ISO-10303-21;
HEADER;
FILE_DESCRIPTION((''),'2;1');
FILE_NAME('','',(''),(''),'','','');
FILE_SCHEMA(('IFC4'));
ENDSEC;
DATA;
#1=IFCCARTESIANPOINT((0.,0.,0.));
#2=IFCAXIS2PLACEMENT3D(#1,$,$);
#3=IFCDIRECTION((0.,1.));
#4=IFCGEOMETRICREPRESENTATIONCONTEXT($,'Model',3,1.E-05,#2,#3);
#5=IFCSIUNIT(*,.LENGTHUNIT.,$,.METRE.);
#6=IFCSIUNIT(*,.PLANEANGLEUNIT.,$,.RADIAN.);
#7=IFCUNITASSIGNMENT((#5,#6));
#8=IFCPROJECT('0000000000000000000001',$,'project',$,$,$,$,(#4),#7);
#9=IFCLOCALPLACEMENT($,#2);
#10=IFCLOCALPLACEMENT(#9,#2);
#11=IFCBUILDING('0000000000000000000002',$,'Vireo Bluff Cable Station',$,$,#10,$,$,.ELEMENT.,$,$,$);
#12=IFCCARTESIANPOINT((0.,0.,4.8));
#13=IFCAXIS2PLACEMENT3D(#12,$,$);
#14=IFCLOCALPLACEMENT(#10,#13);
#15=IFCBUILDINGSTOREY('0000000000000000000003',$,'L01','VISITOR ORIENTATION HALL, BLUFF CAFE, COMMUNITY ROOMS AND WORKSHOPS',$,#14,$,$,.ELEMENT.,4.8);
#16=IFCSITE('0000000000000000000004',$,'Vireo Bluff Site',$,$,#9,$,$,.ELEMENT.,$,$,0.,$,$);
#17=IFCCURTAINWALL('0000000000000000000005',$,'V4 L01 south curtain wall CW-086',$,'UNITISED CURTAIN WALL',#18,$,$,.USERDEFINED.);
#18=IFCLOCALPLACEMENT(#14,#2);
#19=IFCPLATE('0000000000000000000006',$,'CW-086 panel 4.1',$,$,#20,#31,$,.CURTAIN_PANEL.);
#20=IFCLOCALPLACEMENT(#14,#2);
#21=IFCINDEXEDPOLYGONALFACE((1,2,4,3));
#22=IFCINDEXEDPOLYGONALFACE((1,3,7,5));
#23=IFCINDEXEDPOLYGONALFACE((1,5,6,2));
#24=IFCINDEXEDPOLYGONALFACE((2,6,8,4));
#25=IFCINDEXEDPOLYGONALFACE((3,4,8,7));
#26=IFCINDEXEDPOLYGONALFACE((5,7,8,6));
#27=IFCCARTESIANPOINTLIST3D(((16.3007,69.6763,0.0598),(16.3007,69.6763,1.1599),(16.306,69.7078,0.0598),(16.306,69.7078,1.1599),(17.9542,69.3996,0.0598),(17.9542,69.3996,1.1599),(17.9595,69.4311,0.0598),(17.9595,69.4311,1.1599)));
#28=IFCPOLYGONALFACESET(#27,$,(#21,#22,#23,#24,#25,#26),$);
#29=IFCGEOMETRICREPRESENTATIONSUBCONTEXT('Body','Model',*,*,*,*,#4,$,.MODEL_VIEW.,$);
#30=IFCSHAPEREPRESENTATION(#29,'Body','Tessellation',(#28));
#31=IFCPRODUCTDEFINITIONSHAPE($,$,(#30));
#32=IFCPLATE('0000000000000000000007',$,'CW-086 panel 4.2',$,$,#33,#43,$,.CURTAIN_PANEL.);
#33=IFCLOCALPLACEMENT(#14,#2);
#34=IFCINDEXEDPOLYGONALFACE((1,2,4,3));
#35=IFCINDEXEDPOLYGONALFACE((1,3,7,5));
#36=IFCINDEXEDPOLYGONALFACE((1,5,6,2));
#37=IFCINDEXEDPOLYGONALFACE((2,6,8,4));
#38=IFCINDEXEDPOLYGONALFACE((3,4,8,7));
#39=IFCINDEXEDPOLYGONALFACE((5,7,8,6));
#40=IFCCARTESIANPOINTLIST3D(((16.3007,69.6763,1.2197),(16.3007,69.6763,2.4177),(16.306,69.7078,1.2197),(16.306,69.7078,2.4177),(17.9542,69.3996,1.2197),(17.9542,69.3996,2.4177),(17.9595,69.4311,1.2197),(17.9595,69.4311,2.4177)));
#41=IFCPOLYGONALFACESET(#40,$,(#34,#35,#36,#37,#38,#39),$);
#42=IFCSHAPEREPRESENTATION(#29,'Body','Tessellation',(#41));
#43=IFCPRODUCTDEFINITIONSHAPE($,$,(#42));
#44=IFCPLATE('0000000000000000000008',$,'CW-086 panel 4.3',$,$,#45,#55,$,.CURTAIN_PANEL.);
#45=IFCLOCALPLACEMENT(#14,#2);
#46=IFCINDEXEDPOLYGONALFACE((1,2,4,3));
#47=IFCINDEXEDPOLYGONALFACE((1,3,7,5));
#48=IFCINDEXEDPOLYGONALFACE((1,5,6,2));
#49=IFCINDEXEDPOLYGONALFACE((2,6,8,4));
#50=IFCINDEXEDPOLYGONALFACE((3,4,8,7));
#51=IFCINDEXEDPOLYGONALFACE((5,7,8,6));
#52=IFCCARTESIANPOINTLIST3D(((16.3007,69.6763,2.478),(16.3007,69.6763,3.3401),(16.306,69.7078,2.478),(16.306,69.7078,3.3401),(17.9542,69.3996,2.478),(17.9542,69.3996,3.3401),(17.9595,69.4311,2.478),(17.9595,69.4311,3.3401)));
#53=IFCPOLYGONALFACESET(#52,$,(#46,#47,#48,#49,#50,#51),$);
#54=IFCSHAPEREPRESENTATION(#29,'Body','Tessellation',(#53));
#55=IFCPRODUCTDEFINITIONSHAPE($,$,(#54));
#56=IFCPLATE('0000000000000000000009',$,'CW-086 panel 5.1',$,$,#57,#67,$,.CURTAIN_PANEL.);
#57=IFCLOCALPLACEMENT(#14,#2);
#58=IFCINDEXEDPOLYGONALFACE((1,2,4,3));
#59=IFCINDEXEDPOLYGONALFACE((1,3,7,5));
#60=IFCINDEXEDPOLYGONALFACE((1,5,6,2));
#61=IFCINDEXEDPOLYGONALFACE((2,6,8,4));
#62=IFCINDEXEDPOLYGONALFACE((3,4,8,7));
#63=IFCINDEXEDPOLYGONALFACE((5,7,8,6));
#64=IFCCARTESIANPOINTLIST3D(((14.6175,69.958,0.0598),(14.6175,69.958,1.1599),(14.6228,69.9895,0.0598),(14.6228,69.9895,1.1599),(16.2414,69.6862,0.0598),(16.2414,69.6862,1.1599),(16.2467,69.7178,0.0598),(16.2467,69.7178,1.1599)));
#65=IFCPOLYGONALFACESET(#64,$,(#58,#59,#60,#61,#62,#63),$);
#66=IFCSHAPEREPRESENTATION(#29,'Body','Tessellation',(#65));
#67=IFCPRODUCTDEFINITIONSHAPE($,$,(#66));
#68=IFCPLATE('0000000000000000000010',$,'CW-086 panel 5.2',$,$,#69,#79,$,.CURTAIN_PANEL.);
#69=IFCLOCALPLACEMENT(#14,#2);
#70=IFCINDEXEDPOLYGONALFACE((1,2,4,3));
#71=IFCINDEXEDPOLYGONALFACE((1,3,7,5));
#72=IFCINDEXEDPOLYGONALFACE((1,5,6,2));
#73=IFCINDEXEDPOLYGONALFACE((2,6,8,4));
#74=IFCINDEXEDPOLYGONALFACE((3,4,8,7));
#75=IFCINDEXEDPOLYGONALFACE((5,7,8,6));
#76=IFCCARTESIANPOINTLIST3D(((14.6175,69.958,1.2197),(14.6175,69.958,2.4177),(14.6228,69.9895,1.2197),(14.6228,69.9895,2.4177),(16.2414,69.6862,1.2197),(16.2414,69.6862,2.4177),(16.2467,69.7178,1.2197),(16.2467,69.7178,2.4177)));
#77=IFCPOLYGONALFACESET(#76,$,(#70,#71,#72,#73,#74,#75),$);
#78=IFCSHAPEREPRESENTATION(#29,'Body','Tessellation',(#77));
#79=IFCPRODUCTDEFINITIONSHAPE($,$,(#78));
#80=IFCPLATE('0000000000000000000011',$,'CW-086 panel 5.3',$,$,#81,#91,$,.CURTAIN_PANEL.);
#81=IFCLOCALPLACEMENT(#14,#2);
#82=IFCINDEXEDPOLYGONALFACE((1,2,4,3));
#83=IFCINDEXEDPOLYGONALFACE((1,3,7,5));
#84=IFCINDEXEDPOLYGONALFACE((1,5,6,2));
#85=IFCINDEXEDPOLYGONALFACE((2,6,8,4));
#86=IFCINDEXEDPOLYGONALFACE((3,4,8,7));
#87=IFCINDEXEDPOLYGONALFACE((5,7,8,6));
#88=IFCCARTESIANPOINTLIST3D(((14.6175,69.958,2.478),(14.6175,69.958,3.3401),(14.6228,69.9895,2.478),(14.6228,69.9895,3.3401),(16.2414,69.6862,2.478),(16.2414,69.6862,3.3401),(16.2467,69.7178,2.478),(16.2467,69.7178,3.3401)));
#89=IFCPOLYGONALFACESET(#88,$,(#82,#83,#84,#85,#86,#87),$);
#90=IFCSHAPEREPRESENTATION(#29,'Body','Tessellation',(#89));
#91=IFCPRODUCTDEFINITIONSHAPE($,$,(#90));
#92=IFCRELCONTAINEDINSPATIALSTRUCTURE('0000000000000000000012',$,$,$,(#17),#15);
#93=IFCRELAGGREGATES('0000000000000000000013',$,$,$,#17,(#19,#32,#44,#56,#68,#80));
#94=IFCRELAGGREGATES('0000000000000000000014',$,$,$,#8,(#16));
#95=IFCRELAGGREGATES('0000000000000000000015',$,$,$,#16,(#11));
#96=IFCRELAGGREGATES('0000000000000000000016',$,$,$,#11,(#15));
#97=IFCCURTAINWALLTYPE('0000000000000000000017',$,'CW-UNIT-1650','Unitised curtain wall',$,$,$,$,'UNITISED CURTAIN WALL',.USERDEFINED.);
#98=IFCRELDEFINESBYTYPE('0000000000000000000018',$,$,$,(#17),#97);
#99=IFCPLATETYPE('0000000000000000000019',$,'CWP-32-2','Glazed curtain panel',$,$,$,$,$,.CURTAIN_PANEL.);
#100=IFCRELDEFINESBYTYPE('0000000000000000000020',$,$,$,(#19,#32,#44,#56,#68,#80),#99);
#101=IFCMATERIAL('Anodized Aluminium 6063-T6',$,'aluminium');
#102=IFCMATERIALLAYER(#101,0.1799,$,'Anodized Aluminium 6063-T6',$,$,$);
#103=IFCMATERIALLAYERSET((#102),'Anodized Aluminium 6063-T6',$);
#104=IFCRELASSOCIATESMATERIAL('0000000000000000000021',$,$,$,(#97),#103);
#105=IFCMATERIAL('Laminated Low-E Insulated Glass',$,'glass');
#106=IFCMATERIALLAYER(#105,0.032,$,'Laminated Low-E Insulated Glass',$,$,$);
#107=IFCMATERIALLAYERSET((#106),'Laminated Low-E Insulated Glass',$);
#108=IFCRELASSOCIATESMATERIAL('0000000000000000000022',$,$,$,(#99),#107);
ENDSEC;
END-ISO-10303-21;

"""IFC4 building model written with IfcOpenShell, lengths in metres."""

from ifc_helpers import new_model, si_unit, direction, frame, origin, origin_2d, place, context, subcontext, project, spatial, rectangle, extrude, material, layer, layer_set, type_object, element, aggregate, save


model = new_model("IFC4")

# Units and contexts
model_context = context("Model", 3, precision=1e-05, world=origin(), true_north=direction((0.0, 1.0)))
body_context = subcontext(model_context, "Body", "Model", "MODEL_VIEW")
ifc_project = project(units=[si_unit("LENGTHUNIT", "METRE"), si_unit("PLANEANGLEUNIT", "RADIAN")], contexts=[model_context])

# Site, building, storey
site_placement = place(None, origin())
site = spatial("IfcSite", under=ifc_project, at=site_placement, Name="Vireo Bluff Site", CompositionType="ELEMENT", RefElevation=0.0)
building_placement = place(site_placement, origin())
building = spatial("IfcBuilding", under=site, at=building_placement, Name="Vireo Bluff Cable Station", CompositionType="ELEMENT")
storey_placement = place(building_placement, frame((0.0, 0.0, 4.8)))
storey = spatial("IfcBuildingStorey", under=building, at=storey_placement, Name="L01", Description="VISITOR ORIENTATION HALL, BLUFF CAFE, COMMUNITY ROOMS AND WORKSHOPS", CompositionType="ELEMENT", Elevation=4.8)

# Curtain wall
ifc_material_1 = material(Name="Anodized Aluminium 6063-T6", Category="aluminium")
ifc_layer_1 = layer(ifc_material_1, 0.1799, Name="Anodized Aluminium 6063-T6")
ifc_layer_set_1 = layer_set([ifc_layer_1], Name="Anodized Aluminium 6063-T6")
curtain_wall_type = type_object("IfcCurtainWallType", Name="CW-UNIT-1650", Description="Unitised curtain wall", ElementType="UNITISED CURTAIN WALL", PredefinedType="USERDEFINED", material=ifc_layer_set_1)
curtain_wall_placement = place(storey_placement, origin())
curtain_wall = element("IfcCurtainWall", 1, at=curtain_wall_placement, inside=storey, type_object=curtain_wall_type, Name="V4 L01 south curtain wall CW-086", ObjectType="UNITISED CURTAIN WALL", PredefinedType="USERDEFINED")

# Plates
ifc_material_2 = material(Name="Laminated Low-E Insulated Glass", Category="glass")
ifc_layer_2 = layer(ifc_material_2, 0.032, Name="Laminated Low-E Insulated Glass")
ifc_layer_set_2 = layer_set([ifc_layer_2], Name="Laminated Low-E Insulated Glass")
plate_type = type_object("IfcPlateType", Name="CWP-32-2", Description="Glazed curtain panel", PredefinedType="CURTAIN_PANEL", material=ifc_layer_set_2)
plate_1_placement = place(storey_placement, frame((17.1301, 69.5537, 0.0598), z_axis=(0.0, 0.0, 1.0), x_axis=(-0.986286, 0.165048, 0.0)))
plate_1 = element("IfcPlate", 2, at=plate_1_placement, type_object=plate_type, Name="CW-086 panel 4.1", PredefinedType="CURTAIN_PANEL", context=body_context, shape_type="SweptSolid", body=[
    extrude(rectangle(XDim=1.6765, YDim=0.032, at=origin_2d()), origin(), (0.0, 0.0, 1.0), 1.1001),
])
plate_2_placement = place(storey_placement, frame((17.1301, 69.5537, 1.2197), z_axis=(0.0, 0.0, 1.0), x_axis=(-0.986286, 0.165048, 0.0)))
plate_2 = element("IfcPlate", 3, at=plate_2_placement, type_object=plate_type, Name="CW-086 panel 4.2", PredefinedType="CURTAIN_PANEL", context=body_context, shape_type="SweptSolid", body=[
    extrude(rectangle(XDim=1.6765, YDim=0.032, at=origin_2d()), origin(), (0.0, 0.0, 1.0), 1.198),
])
plate_3_placement = place(storey_placement, frame((17.1301, 69.5537, 2.478), z_axis=(0.0, 0.0, 1.0), x_axis=(-0.986286, 0.165048, 0.0)))
plate_3 = element("IfcPlate", 4, at=plate_3_placement, type_object=plate_type, Name="CW-086 panel 4.3", PredefinedType="CURTAIN_PANEL", context=body_context, shape_type="SweptSolid", body=[
    extrude(rectangle(XDim=1.6765, YDim=0.032, at=origin_2d()), origin(), (0.0, 0.0, 1.0), 0.8621),
])
plate_4_placement = place(storey_placement, frame((15.4321, 69.8379, 0.0598), z_axis=(0.0, 0.0, 1.0), x_axis=(-0.986286, 0.165048, 0.0)))
plate_4 = element("IfcPlate", 5, at=plate_4_placement, type_object=plate_type, Name="CW-086 panel 5.1", PredefinedType="CURTAIN_PANEL", context=body_context, shape_type="SweptSolid", body=[
    extrude(rectangle(XDim=1.6465, YDim=0.032, at=origin_2d()), origin(), (0.0, 0.0, 1.0), 1.1001),
])
plate_5_placement = place(storey_placement, frame((15.4321, 69.8379, 1.2197), z_axis=(0.0, 0.0, 1.0), x_axis=(-0.986286, 0.165048, 0.0)))
plate_5 = element("IfcPlate", 6, at=plate_5_placement, type_object=plate_type, Name="CW-086 panel 5.2", PredefinedType="CURTAIN_PANEL", context=body_context, shape_type="SweptSolid", body=[
    extrude(rectangle(XDim=1.6465, YDim=0.032, at=origin_2d()), origin(), (0.0, 0.0, 1.0), 1.198),
])
plate_6_placement = place(storey_placement, frame((15.4321, 69.8379, 2.478), z_axis=(0.0, 0.0, 1.0), x_axis=(-0.986286, 0.165048, 0.0)))
plate_6 = element("IfcPlate", 7, at=plate_6_placement, type_object=plate_type, Name="CW-086 panel 5.3", PredefinedType="CURTAIN_PANEL", context=body_context, shape_type="SweptSolid", body=[
    extrude(rectangle(XDim=1.6465, YDim=0.032, at=origin_2d()), origin(), (0.0, 0.0, 1.0), 0.8621),
])
aggregate(curtain_wall, [plate_1, plate_2, plate_3, plate_4, plate_5, plate_6])

save(model, "model.ifc")
